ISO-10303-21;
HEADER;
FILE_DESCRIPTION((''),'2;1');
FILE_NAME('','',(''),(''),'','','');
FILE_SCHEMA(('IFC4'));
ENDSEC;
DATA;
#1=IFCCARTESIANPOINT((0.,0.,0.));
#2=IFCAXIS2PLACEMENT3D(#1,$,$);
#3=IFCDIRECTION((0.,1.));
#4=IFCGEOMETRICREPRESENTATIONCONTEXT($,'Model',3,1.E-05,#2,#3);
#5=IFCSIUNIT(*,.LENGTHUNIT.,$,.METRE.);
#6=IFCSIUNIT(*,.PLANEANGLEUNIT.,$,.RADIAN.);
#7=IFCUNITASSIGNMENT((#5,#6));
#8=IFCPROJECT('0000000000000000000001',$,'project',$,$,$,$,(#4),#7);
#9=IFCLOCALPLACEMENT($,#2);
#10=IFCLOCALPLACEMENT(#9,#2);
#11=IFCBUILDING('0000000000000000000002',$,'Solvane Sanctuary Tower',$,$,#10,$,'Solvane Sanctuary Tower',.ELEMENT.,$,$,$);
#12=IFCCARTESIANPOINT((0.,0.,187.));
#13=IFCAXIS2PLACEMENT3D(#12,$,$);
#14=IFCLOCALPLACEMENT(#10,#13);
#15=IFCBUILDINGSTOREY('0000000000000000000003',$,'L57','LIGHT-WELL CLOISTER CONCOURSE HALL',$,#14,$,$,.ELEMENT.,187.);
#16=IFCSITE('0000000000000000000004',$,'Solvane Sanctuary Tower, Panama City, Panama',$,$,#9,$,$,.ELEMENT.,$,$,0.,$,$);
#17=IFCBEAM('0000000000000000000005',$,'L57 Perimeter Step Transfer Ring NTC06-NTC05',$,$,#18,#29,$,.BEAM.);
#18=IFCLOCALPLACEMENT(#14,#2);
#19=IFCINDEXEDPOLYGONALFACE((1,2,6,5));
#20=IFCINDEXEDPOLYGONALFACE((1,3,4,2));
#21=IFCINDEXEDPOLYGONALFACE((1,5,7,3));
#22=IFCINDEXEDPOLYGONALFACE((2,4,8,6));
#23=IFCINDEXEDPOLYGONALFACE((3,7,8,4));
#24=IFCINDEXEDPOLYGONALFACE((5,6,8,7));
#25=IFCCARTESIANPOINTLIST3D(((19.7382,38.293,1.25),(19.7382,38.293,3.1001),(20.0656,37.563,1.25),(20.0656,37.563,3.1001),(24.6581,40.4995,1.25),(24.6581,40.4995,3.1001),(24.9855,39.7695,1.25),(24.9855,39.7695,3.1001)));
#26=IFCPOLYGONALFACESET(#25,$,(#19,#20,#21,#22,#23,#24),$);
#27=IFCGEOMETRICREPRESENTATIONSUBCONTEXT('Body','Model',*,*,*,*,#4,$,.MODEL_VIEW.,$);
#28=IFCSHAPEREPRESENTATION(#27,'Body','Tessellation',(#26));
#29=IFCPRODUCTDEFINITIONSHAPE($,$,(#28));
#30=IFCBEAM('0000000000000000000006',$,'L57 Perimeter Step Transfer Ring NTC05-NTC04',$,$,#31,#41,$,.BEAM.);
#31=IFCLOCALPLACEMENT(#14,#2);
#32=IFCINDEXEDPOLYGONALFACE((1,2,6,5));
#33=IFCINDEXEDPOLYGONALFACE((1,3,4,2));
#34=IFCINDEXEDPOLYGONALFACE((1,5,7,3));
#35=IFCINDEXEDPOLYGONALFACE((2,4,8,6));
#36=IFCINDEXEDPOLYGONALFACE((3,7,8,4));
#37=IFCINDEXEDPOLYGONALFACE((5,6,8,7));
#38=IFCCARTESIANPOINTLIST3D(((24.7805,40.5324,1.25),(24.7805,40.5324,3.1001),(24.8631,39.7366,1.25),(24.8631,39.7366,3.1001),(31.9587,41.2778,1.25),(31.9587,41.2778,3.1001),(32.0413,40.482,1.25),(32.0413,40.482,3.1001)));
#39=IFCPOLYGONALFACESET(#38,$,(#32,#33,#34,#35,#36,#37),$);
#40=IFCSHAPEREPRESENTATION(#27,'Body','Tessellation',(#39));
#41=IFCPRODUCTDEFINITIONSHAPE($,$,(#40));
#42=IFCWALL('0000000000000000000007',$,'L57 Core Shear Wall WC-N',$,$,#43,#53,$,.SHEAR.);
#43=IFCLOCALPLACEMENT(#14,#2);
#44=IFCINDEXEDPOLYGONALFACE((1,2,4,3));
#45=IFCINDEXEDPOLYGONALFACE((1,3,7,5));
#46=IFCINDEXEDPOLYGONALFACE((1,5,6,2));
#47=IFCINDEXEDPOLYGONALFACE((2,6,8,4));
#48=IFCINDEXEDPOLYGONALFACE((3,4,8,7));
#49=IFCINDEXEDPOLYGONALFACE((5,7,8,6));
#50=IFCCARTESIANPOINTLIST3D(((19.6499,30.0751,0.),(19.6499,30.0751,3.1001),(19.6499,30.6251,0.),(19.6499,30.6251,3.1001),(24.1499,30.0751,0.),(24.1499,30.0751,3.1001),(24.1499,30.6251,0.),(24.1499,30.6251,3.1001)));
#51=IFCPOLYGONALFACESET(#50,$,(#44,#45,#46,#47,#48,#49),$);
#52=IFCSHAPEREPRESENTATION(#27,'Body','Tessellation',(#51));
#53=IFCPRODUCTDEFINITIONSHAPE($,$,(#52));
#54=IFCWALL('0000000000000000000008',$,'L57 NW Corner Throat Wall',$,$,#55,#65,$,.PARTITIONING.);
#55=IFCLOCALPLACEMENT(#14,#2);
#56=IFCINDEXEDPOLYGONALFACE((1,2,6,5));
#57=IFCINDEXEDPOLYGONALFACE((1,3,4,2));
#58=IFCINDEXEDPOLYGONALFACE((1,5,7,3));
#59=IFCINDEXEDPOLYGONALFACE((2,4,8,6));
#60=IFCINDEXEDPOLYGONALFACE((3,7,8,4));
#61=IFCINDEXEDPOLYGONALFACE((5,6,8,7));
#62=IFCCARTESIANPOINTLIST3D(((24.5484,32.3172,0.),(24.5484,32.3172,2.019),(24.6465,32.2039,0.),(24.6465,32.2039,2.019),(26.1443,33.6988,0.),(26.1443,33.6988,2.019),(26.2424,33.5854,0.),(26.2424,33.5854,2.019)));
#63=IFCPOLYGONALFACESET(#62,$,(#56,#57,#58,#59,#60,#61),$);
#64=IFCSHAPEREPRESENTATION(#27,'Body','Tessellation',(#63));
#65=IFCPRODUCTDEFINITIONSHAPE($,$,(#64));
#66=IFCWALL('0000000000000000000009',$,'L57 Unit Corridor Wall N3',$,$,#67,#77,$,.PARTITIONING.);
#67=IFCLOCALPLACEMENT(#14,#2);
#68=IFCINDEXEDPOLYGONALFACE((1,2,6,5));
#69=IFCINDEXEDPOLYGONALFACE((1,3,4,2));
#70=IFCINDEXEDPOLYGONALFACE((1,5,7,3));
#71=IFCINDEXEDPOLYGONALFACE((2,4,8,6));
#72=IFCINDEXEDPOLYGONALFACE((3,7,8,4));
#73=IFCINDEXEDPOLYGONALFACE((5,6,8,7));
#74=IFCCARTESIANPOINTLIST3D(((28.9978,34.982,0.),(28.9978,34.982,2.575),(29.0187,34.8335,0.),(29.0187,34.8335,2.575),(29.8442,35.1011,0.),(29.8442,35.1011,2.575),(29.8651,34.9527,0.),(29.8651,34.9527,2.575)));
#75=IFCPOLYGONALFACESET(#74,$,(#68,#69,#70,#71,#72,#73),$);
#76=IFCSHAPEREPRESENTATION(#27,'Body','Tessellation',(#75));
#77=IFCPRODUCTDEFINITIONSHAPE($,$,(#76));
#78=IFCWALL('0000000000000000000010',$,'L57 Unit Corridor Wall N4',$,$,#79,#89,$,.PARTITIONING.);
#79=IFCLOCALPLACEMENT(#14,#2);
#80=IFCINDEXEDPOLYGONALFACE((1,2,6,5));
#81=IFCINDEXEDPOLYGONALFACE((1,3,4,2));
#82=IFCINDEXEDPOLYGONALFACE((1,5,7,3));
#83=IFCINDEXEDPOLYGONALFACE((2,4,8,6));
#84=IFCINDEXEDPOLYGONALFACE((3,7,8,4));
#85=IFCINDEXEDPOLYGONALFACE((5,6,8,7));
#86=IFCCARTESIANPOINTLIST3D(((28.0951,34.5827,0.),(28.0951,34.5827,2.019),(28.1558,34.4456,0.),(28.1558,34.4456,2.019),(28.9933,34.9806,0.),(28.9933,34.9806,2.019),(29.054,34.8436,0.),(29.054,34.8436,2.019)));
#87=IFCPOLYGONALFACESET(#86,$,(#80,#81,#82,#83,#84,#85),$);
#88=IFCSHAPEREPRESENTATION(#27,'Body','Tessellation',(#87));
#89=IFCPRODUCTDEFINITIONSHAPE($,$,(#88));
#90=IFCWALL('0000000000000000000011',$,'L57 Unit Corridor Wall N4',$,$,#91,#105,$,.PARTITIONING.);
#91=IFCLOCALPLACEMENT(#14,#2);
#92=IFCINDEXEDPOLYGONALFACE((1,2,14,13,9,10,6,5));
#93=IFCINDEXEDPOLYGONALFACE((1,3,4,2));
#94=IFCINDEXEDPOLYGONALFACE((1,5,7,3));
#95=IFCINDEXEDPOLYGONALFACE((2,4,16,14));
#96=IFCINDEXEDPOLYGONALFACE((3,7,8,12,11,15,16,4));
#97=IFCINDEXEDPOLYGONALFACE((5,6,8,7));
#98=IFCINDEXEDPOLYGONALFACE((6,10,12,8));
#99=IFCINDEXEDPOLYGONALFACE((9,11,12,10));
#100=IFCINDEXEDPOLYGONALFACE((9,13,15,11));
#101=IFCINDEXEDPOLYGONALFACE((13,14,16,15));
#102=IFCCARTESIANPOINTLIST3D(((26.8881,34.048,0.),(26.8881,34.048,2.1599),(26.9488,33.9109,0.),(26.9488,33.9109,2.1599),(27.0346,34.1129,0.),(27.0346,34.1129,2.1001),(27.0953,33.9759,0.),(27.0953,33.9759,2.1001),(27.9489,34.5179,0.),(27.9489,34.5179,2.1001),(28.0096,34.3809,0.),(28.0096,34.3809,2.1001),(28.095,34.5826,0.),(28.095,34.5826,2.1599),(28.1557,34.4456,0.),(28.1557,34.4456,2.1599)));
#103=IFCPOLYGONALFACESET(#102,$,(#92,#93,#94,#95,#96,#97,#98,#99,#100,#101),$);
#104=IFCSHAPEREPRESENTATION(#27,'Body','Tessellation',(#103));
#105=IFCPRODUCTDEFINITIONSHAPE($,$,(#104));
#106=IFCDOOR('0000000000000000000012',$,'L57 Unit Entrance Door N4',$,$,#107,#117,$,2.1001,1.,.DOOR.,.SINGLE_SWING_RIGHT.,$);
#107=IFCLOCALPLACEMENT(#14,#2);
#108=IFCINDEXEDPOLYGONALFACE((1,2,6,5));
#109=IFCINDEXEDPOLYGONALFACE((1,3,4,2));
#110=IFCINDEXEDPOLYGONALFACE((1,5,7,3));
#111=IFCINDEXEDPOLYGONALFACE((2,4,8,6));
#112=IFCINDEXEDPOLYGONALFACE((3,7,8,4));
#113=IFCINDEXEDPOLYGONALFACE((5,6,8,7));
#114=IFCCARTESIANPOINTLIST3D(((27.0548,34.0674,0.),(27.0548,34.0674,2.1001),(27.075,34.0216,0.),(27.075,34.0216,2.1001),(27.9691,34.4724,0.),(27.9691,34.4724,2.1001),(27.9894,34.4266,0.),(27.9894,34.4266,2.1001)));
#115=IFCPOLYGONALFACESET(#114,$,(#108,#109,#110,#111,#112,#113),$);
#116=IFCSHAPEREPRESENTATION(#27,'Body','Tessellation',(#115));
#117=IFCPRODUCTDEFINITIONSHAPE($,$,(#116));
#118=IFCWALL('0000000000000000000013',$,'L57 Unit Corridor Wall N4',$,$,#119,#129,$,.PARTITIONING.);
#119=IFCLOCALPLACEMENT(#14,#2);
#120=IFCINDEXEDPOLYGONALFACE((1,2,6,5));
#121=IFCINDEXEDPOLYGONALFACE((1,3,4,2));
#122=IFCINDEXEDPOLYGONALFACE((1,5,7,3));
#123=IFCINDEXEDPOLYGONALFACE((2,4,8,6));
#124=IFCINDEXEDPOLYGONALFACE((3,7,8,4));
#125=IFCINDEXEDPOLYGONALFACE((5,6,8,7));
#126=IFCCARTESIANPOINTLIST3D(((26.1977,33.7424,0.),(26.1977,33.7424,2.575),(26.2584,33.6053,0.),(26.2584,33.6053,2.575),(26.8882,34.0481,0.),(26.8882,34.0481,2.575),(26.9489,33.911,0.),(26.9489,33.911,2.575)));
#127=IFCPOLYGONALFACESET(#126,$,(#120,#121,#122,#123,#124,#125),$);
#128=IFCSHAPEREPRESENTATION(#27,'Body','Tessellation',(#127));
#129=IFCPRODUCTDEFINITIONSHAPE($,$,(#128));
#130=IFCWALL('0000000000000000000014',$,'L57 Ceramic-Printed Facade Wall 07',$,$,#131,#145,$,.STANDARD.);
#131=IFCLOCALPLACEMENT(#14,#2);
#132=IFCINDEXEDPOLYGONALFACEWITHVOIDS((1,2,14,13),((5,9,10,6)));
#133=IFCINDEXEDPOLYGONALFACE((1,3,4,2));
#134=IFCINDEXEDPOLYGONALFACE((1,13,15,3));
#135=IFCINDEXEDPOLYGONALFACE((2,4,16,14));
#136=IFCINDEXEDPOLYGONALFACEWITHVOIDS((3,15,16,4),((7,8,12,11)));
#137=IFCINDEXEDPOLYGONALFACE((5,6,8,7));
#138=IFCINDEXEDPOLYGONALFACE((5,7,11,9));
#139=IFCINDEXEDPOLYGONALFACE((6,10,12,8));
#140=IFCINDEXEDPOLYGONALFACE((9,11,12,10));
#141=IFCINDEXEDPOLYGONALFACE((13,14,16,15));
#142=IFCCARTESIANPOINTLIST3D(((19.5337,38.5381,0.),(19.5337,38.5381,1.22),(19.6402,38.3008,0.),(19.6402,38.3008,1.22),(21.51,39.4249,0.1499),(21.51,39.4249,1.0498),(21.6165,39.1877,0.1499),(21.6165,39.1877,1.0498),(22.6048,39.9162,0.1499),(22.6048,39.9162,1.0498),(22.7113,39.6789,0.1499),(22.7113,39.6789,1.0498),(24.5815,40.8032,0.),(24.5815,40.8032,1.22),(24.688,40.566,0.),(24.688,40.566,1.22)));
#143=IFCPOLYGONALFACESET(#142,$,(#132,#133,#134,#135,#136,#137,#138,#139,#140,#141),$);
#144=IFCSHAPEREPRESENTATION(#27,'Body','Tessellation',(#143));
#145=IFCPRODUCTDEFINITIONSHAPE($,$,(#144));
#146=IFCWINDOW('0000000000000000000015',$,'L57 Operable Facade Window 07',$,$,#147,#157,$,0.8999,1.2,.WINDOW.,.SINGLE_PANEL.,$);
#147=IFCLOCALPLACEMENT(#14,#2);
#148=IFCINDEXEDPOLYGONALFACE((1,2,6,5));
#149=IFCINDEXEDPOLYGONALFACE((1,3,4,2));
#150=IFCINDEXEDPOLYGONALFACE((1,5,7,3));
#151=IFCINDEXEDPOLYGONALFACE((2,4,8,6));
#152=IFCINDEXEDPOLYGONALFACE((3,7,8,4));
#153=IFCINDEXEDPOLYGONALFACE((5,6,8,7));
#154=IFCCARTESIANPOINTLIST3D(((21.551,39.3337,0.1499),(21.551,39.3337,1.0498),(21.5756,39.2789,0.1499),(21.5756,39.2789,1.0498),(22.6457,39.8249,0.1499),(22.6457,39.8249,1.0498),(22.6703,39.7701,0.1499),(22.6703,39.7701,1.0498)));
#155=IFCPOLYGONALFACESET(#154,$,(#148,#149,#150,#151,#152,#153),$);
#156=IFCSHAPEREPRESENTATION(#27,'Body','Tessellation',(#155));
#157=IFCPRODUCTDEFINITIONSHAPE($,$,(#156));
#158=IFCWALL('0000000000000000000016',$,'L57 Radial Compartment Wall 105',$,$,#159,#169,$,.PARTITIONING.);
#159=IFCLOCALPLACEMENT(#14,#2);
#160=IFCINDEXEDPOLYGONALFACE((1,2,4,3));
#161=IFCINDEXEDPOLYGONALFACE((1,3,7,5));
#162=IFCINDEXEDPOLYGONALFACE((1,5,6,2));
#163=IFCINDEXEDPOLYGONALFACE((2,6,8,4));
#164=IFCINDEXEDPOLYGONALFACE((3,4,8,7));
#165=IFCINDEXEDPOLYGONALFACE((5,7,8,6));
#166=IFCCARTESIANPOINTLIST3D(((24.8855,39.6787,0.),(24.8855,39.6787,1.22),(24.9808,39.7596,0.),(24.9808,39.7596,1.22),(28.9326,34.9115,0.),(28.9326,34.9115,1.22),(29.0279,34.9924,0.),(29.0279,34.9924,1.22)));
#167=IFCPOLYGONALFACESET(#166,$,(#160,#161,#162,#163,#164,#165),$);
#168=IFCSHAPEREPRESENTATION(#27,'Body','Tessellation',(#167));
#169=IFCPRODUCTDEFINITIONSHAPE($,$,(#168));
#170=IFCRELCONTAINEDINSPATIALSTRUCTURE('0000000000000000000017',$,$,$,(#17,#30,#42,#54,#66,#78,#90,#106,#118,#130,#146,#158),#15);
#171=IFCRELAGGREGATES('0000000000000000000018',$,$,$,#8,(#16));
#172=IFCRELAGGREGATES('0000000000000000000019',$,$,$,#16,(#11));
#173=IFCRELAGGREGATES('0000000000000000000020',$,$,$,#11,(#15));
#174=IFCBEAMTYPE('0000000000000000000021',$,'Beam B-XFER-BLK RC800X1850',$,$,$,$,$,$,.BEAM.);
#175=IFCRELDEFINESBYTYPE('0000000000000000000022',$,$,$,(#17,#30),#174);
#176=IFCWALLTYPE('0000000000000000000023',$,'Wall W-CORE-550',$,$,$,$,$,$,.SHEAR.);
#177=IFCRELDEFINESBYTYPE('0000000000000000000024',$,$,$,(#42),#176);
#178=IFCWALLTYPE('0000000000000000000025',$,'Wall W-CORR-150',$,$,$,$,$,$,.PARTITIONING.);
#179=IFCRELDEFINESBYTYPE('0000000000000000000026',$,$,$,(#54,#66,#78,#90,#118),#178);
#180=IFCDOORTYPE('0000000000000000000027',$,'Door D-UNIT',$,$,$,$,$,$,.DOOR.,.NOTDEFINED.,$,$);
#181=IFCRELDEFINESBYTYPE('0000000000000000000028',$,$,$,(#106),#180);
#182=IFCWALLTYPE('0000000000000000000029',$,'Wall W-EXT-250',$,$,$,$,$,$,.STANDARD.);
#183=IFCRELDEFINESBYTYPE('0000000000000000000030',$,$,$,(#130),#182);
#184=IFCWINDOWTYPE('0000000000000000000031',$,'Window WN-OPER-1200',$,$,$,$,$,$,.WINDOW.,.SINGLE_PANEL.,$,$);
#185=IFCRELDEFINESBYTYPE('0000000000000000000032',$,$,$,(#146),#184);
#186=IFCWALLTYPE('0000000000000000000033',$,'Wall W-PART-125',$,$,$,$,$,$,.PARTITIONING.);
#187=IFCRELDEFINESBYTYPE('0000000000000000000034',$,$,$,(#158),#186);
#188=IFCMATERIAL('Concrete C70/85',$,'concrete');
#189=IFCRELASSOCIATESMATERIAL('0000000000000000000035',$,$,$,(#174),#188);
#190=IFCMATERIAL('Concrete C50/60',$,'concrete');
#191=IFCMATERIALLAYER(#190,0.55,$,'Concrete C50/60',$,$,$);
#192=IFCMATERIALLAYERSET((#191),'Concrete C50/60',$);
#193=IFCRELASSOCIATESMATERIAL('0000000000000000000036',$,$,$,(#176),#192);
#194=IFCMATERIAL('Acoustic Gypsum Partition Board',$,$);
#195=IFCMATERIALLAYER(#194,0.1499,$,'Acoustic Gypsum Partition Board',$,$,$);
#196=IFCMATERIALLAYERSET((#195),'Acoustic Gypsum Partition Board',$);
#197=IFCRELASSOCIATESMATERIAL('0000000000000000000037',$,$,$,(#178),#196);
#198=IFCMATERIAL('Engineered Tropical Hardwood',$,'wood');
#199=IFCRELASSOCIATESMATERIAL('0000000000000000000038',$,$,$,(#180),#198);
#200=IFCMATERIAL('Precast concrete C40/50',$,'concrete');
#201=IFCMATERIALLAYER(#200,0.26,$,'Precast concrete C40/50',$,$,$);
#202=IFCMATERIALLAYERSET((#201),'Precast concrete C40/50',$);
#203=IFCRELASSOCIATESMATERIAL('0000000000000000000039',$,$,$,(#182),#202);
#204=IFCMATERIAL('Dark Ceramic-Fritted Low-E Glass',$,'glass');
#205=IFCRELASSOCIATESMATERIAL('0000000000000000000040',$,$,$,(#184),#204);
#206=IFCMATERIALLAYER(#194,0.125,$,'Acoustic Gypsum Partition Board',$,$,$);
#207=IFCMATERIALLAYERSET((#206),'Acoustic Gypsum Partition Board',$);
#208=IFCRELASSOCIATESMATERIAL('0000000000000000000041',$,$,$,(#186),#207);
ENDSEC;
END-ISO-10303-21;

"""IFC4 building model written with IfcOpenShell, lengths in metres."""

from ifc_helpers import new_model, si_unit, direction, frame, frame_2d, origin, origin_2d, place, context, subcontext, project, spatial, rectangle, extrude, material, layer, layer_set, material_profile, profile_set, type_object, element, fill, save


model = new_model("IFC4")

# Units and contexts
model_context = context("Model", 3, precision=1e-05, world=origin(), true_north=direction((0.0, 1.0)))
body_context = subcontext(model_context, "Body", "Model", "MODEL_VIEW")
ifc_project = project(units=[si_unit("LENGTHUNIT", "METRE"), si_unit("PLANEANGLEUNIT", "RADIAN")], contexts=[model_context])

# Site, building, storey
site_placement = place(None, origin())
site = spatial("IfcSite", under=ifc_project, at=site_placement, Name="Solvane Sanctuary Tower, Panama City, Panama", CompositionType="ELEMENT", RefElevation=0.0)
building_placement = place(site_placement, origin())
building = spatial("IfcBuilding", under=site, at=building_placement, Name="Solvane Sanctuary Tower", LongName="Solvane Sanctuary Tower", CompositionType="ELEMENT")
storey_placement = place(building_placement, frame((0.0, 0.0, 187.0)))
storey = spatial("IfcBuildingStorey", under=building, at=storey_placement, Name="L57", Description="LIGHT-WELL CLOISTER CONCOURSE HALL", CompositionType="ELEMENT", Elevation=187.0)

# Shared definitions
ifc_material_1 = material(Name="Concrete C50/60", Category="concrete")
ifc_material_2 = material(Name="Concrete C70/85", Category="concrete")

# Beams
ifc_material_profile_1 = material_profile(ifc_material_2, rectangle(XDim=0.8, YDim=1.8501, at=origin_2d()), Name="RC800X1850")
ifc_profile_set_1 = profile_set([ifc_material_profile_1], Name="Concrete C70/85")
beam_type_1 = type_object("IfcBeamType", Name="Beam B-XFER-BLK RC800X1850", PredefinedType="BEAM", material=ifc_profile_set_1)
beam_1_placement = place(storey_placement, frame((19.9019, 37.928, 2.175), z_axis=(0.912436, 0.40922, 0.0), x_axis=(-0.40922, 0.912436, 0.0)))
element("IfcBeam", 1, at=beam_1_placement, inside=storey, type_object=beam_type_1, Name="L57 Perimeter Step Transfer Ring NTC06-NTC05", PredefinedType="BEAM", context=body_context, shape_type="SweptSolid", body=[
    extrude(rectangle(XDim=0.8, YDim=1.8501, at=origin_2d()), origin(), (0.0, 0.0, 1.0), 5.3921),
])
beam_2_placement = place(storey_placement, frame((24.8218, 40.1345, 2.175), z_axis=(0.994652, 0.103281, 0.0), x_axis=(-0.103281, 0.994652, 0.0)))
element("IfcBeam", 2, at=beam_2_placement, inside=storey, type_object=beam_type_1, Name="L57 Perimeter Step Transfer Ring NTC05-NTC04", PredefinedType="BEAM", context=body_context, shape_type="SweptSolid", body=[
    extrude(rectangle(XDim=0.8, YDim=1.8501, at=origin_2d()), origin(), (0.0, 0.0, 1.0), 7.2168),
])

# Walls
ifc_layer_1 = layer(ifc_material_1, 0.55, Name="Concrete C50/60")
ifc_layer_set_1 = layer_set([ifc_layer_1], Name="Concrete C50/60")
wall_type_1 = type_object("IfcWallType", Name="Wall W-CORE-550", PredefinedType="SHEAR", material=ifc_layer_set_1)
wall_1_placement = place(storey_placement, frame((19.6499, 30.3501, 0.0), z_axis=(0.0, 0.0, 1.0), x_axis=(1.0, 0.0, 0.0)))
element("IfcWall", 3, at=wall_1_placement, inside=storey, type_object=wall_type_1, Name="L57 Core Shear Wall WC-N", PredefinedType="SHEAR", context=body_context, shape_type="SweptSolid", body=[
    extrude(rectangle(XDim=4.5, YDim=0.55, at=frame_2d((2.25, 0.0))), origin(), (0.0, 0.0, 1.0), 3.1001),
])
ifc_material_3 = material(Name="Acoustic Gypsum Partition Board")
ifc_layer_2 = layer(ifc_material_3, 0.1499, Name="Acoustic Gypsum Partition Board")
ifc_layer_set_2 = layer_set([ifc_layer_2], Name="Acoustic Gypsum Partition Board")
wall_type_2 = type_object("IfcWallType", Name="Wall W-CORR-150", PredefinedType="PARTITIONING", material=ifc_layer_set_2)
wall_2_placement = place(storey_placement, frame((26.1934, 33.6421, 0.0), z_axis=(0.0, 0.0, 1.0), x_axis=(-0.756055, -0.654508, 0.0)))
element("IfcWall", 4, at=wall_2_placement, inside=storey, type_object=wall_type_2, Name="L57 NW Corner Throat Wall", PredefinedType="PARTITIONING", context=body_context, shape_type="SweptSolid", body=[
    extrude(rectangle(XDim=2.1108, YDim=0.1499, at=frame_2d((1.0554, 0.0))), origin(), (0.0, 0.0, 1.0), 2.019),
])
wall_3_placement = place(storey_placement, frame((29.8545, 35.0269, 0.0), z_axis=(0.0, 0.0, 1.0), x_axis=(-0.990239, -0.139382, 0.0)))
element("IfcWall", 5, at=wall_3_placement, inside=storey, type_object=wall_type_2, Name="L57 Unit Corridor Wall N3", PredefinedType="PARTITIONING", context=body_context, shape_type="SweptSolid", body=[
    extrude(rectangle(XDim=0.8547, YDim=0.1499, at=frame_2d((0.4272, 0.0))), origin(), (0.0, 0.0, 1.0), 2.575),
])
wall_4_placement = place(storey_placement, frame((29.0237, 34.9121, 0.0), z_axis=(0.0, 0.0, 1.0), x_axis=(-0.914282, -0.405078, 0.0)))
element("IfcWall", 6, at=wall_4_placement, inside=storey, type_object=wall_type_2, Name="L57 Unit Corridor Wall N4", PredefinedType="PARTITIONING", context=body_context, shape_type="SweptSolid", body=[
    extrude(rectangle(XDim=0.9824, YDim=0.1499, at=frame_2d((0.4912, 0.0))), origin(), (0.0, 0.0, 1.0), 2.019),
])

# Wall, opening, door
wall_5_placement = place(storey_placement, frame((28.1255, 34.5142, 0.0), z_axis=(0.0, 0.0, 1.0), x_axis=(-0.914314, -0.405006, 0.0)))
wall_5 = element("IfcWall", 7, at=wall_5_placement, inside=storey, type_object=wall_type_2, Name="L57 Unit Corridor Wall N4", PredefinedType="PARTITIONING", context=body_context, shape_type="SweptSolid", body=[
    extrude(rectangle(XDim=1.3201, YDim=0.1499, at=frame_2d((0.6602, 0.0))), origin(), (0.0, 0.0, 1.0), 2.1599),
])
opening_1_placement = place(wall_5_placement, frame((0.1599, 0.0, 0.0)))
opening_1 = element("IfcOpeningElement", 8, at=opening_1_placement, cuts=wall_5, PredefinedType="OPENING", context=body_context, shape_type="SweptSolid", body=[
    extrude(rectangle(XDim=1.0, YDim=2.1001, at=frame_2d((0.5, 1.05))), frame((0.0, 0.085, 0.0), z_axis=(0.0, -1.0, 0.0), x_axis=(1.0, 0.0, 0.0)), (0.0, 0.0, 1.0), 0.1699),
])
ifc_material_4 = material(Name="Engineered Tropical Hardwood", Category="wood")
door_type = type_object("IfcDoorType", Name="Door D-UNIT", OperationType="NOTDEFINED", PredefinedType="DOOR", material=ifc_material_4)
door_placement = place(opening_1_placement, origin())
door = element("IfcDoor", 9, at=door_placement, inside=storey, type_object=door_type, Name="L57 Unit Entrance Door N4", OperationType="SINGLE_SWING_RIGHT", OverallHeight=2.1001, OverallWidth=1.0, PredefinedType="DOOR", context=body_context, shape_type="SweptSolid", body=[
    extrude(rectangle(XDim=1.0, YDim=2.1001, at=frame_2d((0.5, 1.05))), frame((0.0, 0.0249, 0.0), z_axis=(0.0, -1.0, 0.0), x_axis=(1.0, 0.0, 0.0)), (0.0, 0.0, 1.0), 0.05),
])
fill(opening_1, door)

# Wall
wall_6_placement = place(storey_placement, frame((26.9185, 33.9795, 0.0), z_axis=(0.0, 0.0, 1.0), x_axis=(-0.914397, -0.404818, 0.0)))
element("IfcWall", 10, at=wall_6_placement, inside=storey, type_object=wall_type_2, Name="L57 Unit Corridor Wall N4", PredefinedType="PARTITIONING", context=body_context, shape_type="SweptSolid", body=[
    extrude(rectangle(XDim=0.7551, YDim=0.1499, at=frame_2d((0.3774, 0.0))), origin(), (0.0, 0.0, 1.0), 2.575),
])

# Wall, opening, window
ifc_material_5 = material(Name="Precast concrete C40/50", Category="concrete")
ifc_layer_3 = layer(ifc_material_5, 0.26, Name="Precast concrete C40/50")
ifc_layer_set_3 = layer_set([ifc_layer_3], Name="Precast concrete C40/50")
wall_type_3 = type_object("IfcWallType", Name="Wall W-EXT-250", PredefinedType="STANDARD", material=ifc_layer_set_3)
wall_7_placement = place(storey_placement, frame((24.6348, 40.6846, 0.0), z_axis=(0.0, 0.0, 1.0), x_axis=(-0.912354, -0.409403, 0.0)))
wall_7 = element("IfcWall", 11, at=wall_7_placement, inside=storey, type_object=wall_type_3, Name="L57 Ceramic-Printed Facade Wall 07", PredefinedType="STANDARD", context=body_context, shape_type="SweptSolid", body=[
    extrude(rectangle(XDim=5.5327, YDim=0.26, at=frame_2d((2.7664, 0.0))), origin(), (0.0, 0.0, 1.0), 1.22),
])
opening_2_placement = place(wall_7_placement, frame((2.1665, 0.0, 0.1499)))
opening_2 = element("IfcOpeningElement", 12, at=opening_2_placement, cuts=wall_7, PredefinedType="OPENING", context=body_context, shape_type="SweptSolid", body=[
    extrude(rectangle(XDim=1.2, YDim=0.8999, at=frame_2d((0.6001, 0.45))), frame((0.0, 0.1399, 0.0), z_axis=(0.0, -1.0, 0.0), x_axis=(1.0, 0.0, 0.0)), (0.0, 0.0, 1.0), 0.28),
])
ifc_material_6 = material(Name="Dark Ceramic-Fritted Low-E Glass", Category="glass")
window_type = type_object("IfcWindowType", Name="Window WN-OPER-1200", PartitioningType="SINGLE_PANEL", PredefinedType="WINDOW", material=ifc_material_6)
window_placement = place(opening_2_placement, origin())
window = element("IfcWindow", 13, at=window_placement, inside=storey, type_object=window_type, Name="L57 Operable Facade Window 07", OverallHeight=0.8999, OverallWidth=1.2, PartitioningType="SINGLE_PANEL", PredefinedType="WINDOW", context=body_context, shape_type="SweptSolid", body=[
    extrude(rectangle(XDim=1.2, YDim=0.8999, at=frame_2d((0.6001, 0.45))), frame((0.0, 0.03, 0.0), z_axis=(0.0, -1.0, 0.0), x_axis=(1.0, 0.0, 0.0)), (0.0, 0.0, 1.0), 0.0601),
])
fill(opening_2, window)

# Wall
ifc_layer_4 = layer(ifc_material_3, 0.125, Name="Acoustic Gypsum Partition Board")
ifc_layer_set_4 = layer_set([ifc_layer_4], Name="Acoustic Gypsum Partition Board")
wall_type_4 = type_object("IfcWallType", Name="Wall W-PART-125", PredefinedType="PARTITIONING", material=ifc_layer_set_4)
wall_8_placement = place(storey_placement, frame((28.9802, 34.9519, 0.0), z_axis=(0.0, 0.0, 1.0), x_axis=(-0.647173, 0.762343, 0.0)))
element("IfcWall", 14, at=wall_8_placement, inside=storey, type_object=wall_type_4, Name="L57 Radial Compartment Wall 105", PredefinedType="PARTITIONING", context=body_context, shape_type="SweptSolid", body=[
    extrude(rectangle(XDim=6.2534, YDim=0.125, at=frame_2d((3.1267, 0.0))), origin(), (0.0, 0.0, 1.0), 1.22),
])

save(model, "model.ifc")
